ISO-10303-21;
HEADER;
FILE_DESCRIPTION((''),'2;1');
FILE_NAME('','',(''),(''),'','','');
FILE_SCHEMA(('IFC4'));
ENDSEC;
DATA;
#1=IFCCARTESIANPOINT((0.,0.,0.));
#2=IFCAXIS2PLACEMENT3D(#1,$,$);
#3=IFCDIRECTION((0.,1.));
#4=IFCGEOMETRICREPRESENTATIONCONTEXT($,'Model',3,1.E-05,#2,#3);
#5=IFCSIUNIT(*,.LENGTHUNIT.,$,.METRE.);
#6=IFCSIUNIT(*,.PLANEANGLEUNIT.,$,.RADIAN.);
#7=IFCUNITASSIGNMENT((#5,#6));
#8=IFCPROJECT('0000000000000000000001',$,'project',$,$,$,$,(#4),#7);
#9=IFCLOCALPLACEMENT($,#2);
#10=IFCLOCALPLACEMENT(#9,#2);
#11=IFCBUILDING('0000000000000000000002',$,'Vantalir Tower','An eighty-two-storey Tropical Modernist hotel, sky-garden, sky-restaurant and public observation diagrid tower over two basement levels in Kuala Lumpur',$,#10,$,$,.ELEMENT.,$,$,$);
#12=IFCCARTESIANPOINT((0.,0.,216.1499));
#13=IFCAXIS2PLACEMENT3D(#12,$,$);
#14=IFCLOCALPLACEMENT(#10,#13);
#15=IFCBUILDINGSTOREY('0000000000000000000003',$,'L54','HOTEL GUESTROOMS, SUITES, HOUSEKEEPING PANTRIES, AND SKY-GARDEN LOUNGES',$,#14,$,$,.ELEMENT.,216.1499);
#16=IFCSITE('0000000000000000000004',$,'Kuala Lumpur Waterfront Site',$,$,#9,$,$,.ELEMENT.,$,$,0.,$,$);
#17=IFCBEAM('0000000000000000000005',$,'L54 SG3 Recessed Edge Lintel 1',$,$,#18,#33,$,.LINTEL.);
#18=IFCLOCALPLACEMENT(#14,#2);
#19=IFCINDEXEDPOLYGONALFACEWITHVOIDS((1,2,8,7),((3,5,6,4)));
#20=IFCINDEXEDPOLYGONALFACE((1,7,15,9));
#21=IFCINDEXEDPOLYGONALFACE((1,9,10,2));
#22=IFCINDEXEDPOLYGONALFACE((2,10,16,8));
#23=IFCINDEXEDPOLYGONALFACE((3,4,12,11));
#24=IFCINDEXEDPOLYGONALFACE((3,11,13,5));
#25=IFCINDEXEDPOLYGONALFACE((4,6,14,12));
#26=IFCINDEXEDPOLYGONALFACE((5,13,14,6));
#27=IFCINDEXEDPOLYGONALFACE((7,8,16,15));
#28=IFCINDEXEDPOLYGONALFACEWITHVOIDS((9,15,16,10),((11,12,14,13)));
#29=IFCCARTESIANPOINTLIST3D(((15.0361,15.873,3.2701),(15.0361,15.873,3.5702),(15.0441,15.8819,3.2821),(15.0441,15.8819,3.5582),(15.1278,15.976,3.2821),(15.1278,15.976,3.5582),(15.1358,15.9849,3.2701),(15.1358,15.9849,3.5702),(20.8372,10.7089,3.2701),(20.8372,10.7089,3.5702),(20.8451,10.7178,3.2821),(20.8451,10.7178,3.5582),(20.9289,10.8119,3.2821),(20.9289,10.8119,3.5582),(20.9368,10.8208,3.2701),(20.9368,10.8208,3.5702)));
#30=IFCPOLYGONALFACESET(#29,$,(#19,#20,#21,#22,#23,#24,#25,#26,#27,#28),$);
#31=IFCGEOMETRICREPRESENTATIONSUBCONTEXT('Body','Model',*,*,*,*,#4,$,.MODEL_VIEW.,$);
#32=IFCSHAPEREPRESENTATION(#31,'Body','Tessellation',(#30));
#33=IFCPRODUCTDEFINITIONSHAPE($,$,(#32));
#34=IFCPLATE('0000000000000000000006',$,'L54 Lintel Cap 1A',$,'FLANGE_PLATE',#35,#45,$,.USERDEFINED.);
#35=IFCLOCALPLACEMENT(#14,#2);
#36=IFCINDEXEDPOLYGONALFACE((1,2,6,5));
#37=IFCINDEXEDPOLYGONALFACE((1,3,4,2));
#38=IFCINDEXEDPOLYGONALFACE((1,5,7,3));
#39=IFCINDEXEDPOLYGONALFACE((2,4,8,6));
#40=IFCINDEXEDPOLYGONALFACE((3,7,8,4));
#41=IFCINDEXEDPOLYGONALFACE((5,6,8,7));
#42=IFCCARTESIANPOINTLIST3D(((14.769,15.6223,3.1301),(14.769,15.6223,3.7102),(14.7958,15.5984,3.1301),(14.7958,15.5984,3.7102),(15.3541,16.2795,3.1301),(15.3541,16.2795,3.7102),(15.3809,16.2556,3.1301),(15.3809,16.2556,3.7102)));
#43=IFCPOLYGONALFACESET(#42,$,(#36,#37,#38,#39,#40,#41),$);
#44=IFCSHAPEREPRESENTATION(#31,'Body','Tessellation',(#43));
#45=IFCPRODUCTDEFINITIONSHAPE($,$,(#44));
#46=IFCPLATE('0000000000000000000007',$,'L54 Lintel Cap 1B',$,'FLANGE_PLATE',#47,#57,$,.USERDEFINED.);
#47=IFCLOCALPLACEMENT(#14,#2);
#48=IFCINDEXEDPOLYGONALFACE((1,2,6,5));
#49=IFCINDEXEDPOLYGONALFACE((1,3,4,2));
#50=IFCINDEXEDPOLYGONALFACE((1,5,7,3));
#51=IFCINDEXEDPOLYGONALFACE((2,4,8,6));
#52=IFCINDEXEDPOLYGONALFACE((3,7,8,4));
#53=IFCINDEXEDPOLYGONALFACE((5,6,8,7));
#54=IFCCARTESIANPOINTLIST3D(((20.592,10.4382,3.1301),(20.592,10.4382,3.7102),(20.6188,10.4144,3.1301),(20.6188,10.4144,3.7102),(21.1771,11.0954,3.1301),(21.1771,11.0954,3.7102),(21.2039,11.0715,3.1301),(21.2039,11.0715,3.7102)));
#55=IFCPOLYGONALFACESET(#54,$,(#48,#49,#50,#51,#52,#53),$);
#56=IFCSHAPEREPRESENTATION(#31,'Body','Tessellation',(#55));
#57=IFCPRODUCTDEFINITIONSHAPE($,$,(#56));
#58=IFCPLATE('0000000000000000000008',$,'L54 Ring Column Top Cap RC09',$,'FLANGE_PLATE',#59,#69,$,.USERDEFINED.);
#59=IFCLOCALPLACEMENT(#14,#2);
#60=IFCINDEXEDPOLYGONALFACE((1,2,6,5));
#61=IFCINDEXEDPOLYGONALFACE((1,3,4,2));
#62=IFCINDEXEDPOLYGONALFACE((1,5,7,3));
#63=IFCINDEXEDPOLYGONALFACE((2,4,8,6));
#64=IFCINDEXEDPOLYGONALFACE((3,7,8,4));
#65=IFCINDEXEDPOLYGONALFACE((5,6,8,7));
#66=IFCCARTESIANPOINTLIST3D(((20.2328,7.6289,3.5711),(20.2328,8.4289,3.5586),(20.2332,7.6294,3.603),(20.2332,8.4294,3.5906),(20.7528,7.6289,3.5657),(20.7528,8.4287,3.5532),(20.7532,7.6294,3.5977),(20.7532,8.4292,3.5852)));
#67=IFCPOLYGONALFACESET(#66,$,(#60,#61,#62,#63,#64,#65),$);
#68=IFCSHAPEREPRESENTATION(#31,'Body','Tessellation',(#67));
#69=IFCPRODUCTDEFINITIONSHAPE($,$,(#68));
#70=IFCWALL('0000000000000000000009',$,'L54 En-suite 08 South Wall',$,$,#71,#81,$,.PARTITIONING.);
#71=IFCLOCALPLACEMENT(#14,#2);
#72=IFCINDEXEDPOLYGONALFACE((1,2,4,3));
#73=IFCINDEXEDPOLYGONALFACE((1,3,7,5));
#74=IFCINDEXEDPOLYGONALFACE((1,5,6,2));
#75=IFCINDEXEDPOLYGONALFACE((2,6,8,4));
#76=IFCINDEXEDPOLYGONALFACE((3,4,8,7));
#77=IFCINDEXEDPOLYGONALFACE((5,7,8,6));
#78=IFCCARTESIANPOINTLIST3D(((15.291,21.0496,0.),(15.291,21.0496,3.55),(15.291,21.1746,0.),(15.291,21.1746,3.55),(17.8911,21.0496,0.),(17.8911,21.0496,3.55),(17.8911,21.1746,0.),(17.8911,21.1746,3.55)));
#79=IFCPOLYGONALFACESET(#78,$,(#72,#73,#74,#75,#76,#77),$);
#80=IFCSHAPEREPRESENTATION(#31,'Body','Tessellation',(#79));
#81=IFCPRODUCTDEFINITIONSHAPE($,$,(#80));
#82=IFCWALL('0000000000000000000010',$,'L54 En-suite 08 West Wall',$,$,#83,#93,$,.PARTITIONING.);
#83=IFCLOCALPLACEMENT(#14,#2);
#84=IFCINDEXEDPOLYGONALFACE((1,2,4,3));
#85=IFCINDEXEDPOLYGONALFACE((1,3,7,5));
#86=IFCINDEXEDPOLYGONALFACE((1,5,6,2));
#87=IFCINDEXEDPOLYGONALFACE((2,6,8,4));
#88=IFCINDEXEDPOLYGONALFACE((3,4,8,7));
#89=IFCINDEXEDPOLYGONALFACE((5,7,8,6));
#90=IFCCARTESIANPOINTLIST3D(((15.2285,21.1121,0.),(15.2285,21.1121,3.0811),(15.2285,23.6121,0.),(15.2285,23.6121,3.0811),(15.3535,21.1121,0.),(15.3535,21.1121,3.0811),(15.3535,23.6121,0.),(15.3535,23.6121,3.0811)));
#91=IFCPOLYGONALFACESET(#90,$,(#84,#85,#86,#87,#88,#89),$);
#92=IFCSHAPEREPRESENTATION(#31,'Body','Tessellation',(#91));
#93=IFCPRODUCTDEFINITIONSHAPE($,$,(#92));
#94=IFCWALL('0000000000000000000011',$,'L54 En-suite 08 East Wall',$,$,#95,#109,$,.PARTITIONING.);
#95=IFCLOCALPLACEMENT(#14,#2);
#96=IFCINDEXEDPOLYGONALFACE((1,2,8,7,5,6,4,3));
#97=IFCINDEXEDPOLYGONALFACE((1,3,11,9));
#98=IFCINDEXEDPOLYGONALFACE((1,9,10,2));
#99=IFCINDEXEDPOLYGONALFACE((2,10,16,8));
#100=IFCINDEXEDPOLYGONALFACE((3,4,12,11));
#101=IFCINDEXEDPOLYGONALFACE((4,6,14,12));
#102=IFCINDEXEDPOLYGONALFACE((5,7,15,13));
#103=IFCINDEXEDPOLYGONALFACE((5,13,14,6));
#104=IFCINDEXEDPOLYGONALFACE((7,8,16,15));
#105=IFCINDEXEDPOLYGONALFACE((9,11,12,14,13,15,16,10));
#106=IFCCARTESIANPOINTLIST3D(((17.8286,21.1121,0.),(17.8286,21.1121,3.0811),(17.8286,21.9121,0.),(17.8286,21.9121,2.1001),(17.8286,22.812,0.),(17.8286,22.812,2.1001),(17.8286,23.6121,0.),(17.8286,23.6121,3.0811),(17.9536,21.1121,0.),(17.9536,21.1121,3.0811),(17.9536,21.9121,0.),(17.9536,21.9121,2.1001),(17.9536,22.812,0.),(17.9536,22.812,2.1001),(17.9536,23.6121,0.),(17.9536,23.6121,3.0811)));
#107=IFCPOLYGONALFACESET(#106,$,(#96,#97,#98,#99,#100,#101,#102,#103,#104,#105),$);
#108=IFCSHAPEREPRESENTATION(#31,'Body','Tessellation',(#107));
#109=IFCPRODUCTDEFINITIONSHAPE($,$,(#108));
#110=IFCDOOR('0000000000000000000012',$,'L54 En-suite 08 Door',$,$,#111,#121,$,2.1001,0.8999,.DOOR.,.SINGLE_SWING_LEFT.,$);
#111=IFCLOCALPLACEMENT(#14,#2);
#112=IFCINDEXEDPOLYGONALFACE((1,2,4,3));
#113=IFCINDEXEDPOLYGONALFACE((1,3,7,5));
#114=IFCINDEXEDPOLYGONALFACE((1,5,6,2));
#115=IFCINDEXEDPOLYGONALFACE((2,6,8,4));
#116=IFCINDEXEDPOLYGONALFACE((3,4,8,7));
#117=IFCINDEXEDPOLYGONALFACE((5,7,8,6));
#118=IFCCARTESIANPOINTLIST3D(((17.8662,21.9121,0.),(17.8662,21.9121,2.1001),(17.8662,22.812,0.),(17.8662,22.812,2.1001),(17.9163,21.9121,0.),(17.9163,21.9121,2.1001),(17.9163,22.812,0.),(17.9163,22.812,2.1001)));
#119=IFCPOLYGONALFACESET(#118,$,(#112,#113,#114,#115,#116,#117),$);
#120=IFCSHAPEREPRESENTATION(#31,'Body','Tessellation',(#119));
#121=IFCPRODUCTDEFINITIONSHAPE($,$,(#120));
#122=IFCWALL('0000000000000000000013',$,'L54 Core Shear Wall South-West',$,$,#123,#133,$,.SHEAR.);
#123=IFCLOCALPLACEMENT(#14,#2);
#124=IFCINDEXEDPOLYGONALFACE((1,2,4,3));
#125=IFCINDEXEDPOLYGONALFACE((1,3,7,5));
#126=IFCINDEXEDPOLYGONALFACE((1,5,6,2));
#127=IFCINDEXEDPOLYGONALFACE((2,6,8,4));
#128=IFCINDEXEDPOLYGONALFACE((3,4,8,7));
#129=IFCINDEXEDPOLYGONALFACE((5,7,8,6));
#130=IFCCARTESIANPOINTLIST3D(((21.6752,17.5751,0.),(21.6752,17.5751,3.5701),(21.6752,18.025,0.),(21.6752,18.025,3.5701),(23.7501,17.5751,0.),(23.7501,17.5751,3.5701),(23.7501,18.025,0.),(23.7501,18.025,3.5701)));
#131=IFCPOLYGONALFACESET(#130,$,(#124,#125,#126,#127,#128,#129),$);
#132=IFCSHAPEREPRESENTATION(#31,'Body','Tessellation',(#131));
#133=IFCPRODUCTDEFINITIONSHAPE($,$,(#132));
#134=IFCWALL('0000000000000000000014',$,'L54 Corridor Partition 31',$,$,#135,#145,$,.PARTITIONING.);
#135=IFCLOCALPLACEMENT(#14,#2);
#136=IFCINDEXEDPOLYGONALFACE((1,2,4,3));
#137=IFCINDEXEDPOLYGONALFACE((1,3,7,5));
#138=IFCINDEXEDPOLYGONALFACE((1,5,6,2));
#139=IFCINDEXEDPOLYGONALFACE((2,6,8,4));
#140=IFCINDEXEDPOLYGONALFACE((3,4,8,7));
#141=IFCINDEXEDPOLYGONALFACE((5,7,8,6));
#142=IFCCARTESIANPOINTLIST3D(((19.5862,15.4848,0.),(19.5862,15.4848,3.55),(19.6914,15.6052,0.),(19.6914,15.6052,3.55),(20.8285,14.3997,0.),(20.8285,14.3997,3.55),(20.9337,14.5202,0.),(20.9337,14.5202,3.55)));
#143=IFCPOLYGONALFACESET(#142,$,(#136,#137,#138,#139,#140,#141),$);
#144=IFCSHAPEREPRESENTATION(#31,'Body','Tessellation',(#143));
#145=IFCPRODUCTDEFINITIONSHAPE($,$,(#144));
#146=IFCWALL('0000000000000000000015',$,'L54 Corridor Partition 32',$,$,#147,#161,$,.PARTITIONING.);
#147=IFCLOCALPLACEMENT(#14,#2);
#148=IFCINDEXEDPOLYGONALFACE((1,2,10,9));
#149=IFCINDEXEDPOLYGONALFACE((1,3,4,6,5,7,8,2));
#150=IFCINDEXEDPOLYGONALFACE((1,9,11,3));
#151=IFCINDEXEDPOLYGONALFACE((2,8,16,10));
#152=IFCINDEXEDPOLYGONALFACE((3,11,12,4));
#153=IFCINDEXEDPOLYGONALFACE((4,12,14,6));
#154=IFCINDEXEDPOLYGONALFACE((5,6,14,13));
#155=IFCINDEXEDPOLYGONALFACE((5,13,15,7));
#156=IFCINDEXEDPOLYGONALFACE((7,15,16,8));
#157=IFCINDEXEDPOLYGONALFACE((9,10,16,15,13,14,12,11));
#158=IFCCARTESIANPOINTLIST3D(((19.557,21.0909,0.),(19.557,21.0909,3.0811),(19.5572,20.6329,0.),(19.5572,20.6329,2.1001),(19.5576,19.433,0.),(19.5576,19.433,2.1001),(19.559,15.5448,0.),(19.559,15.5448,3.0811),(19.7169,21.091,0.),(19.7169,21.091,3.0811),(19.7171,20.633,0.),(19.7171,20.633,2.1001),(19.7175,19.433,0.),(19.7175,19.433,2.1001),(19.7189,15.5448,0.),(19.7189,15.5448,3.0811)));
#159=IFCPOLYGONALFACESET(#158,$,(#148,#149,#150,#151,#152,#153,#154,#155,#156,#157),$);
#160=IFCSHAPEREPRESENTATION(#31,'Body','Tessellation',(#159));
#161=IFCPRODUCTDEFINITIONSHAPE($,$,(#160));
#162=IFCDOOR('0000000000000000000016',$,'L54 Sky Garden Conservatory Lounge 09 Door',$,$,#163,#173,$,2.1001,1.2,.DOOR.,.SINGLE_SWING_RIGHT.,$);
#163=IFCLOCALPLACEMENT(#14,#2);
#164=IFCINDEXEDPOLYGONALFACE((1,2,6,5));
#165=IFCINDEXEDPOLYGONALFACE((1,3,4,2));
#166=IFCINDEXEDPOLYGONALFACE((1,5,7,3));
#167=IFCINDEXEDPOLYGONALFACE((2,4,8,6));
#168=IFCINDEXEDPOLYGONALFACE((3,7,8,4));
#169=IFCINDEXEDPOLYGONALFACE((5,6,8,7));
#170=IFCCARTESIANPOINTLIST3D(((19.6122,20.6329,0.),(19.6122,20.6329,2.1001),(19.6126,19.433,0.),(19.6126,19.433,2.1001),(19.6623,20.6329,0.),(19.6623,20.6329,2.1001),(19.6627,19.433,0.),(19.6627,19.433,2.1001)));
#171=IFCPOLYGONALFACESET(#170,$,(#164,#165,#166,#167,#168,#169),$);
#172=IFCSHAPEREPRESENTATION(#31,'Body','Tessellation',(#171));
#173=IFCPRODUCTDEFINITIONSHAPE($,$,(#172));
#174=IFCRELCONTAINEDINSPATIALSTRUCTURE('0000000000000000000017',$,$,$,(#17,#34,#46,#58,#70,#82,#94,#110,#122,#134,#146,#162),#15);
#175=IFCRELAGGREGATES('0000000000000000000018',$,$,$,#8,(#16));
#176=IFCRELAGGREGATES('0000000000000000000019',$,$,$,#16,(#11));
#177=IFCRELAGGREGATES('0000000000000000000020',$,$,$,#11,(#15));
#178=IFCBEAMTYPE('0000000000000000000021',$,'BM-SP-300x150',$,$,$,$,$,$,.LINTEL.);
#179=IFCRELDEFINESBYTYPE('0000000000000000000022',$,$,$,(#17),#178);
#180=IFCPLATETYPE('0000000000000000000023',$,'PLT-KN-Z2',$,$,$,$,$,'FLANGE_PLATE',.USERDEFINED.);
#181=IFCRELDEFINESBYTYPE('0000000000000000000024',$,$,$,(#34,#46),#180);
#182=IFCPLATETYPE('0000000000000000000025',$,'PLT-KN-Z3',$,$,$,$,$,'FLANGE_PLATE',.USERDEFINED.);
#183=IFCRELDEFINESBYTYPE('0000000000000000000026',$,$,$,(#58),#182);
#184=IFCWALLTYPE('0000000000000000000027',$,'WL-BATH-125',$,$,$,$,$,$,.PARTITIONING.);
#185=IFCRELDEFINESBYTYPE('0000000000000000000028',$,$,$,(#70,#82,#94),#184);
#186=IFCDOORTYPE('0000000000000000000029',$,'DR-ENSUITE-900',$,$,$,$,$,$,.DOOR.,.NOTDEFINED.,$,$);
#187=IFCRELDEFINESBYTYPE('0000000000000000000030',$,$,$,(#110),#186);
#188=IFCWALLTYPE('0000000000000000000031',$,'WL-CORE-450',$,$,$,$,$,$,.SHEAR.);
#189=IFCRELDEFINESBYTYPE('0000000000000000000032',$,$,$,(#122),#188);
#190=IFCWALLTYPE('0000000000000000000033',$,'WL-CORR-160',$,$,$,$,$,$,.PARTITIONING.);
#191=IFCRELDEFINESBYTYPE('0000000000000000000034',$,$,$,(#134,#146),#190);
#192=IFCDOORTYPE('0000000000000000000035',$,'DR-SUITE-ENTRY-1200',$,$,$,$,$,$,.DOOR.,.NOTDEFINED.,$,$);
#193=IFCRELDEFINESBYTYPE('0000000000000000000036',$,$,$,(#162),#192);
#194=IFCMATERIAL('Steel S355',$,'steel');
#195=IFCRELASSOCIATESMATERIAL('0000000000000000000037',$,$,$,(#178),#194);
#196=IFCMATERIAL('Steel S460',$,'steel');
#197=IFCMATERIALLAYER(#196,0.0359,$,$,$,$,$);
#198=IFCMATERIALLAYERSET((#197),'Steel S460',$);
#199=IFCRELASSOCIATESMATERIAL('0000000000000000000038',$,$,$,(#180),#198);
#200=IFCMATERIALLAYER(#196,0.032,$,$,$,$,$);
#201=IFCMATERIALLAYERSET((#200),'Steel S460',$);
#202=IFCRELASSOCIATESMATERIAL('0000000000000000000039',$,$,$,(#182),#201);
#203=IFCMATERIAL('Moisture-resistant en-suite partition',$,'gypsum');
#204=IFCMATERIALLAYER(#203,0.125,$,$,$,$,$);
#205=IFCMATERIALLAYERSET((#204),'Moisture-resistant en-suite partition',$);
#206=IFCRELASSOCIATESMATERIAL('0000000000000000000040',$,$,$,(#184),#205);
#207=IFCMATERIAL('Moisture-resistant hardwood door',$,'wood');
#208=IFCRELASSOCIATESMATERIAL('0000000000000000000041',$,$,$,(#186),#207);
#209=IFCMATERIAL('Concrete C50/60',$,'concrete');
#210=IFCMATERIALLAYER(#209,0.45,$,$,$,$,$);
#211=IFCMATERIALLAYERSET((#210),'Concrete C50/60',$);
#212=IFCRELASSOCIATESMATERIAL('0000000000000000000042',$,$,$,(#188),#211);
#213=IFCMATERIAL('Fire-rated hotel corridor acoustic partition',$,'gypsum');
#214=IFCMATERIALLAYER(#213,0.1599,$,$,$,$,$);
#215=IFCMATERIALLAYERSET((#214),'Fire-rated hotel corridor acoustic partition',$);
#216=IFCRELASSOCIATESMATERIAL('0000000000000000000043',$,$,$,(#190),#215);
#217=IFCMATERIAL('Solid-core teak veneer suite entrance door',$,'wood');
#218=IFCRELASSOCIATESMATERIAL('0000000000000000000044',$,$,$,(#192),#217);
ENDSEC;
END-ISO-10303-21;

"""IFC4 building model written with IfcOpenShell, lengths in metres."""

from ifc_helpers import new_model, si_unit, direction, frame, frame_2d, origin, origin_2d, place, context, subcontext, project, spatial, polyline, rectangle, hollow_rectangle, outline, extrude, material, layer, layer_set, material_profile, profile_set, type_object, element, fill, save


model = new_model("IFC4")

# Units and contexts
model_context = context("Model", 3, precision=1e-05, world=origin(), true_north=direction((0.0, 1.0)))
body_context = subcontext(model_context, "Body", "Model", "MODEL_VIEW")
ifc_project = project(units=[si_unit("LENGTHUNIT", "METRE"), si_unit("PLANEANGLEUNIT", "RADIAN")], contexts=[model_context])

# Site, building, storey
site_placement = place(None, origin())
site = spatial("IfcSite", under=ifc_project, at=site_placement, Name="Kuala Lumpur Waterfront Site", CompositionType="ELEMENT", RefElevation=0.0)
building_placement = place(site_placement, origin())
building = spatial("IfcBuilding", under=site, at=building_placement, Name="Vantalir Tower", Description="An eighty-two-storey Tropical Modernist hotel, sky-garden, sky-restaurant and public observation diagrid tower over two basement levels in Kuala Lumpur", CompositionType="ELEMENT")
storey_placement = place(building_placement, frame((0.0, 0.0, 216.1499)))
storey = spatial("IfcBuildingStorey", under=building, at=storey_placement, Name="L54", Description="HOTEL GUESTROOMS, SUITES, HOUSEKEEPING PANTRIES, AND SKY-GARDEN LOUNGES", CompositionType="ELEMENT", Elevation=216.1499)

# Shared definitions
ifc_material_1 = material(Name="Concrete C50/60", Category="concrete")
ifc_material_2 = material(Name="Steel S460", Category="steel")

# Beam
ifc_material_3 = material(Name="Steel S355", Category="steel")
ifc_material_profile_1 = material_profile(ifc_material_3, hollow_rectangle(XDim=0.1499, YDim=0.3, WallThickness=0.012, at=origin_2d()), Name="Steel S355")
ifc_profile_set_1 = profile_set([ifc_material_profile_1], Name="Steel S355")
beam_type_1 = type_object("IfcBeamType", Name="BM-SP-300x150", PredefinedType="LINTEL", material=ifc_profile_set_1)
beam_1_placement = place(storey_placement, frame((15.0859, 15.929, 3.4202), z_axis=(0.746924, -0.66491, 0.0), x_axis=(0.66491, 0.746924, 0.0)))
element("IfcBeam", 1, at=beam_1_placement, inside=storey, type_object=beam_type_1, Name="L54 SG3 Recessed Edge Lintel 1", PredefinedType="LINTEL", context=body_context, shape_type="SweptSolid", body=[
    extrude(hollow_rectangle(XDim=0.1499, YDim=0.3, WallThickness=0.012, at=origin_2d()), origin(), (0.0, 0.0, 1.0), 7.7666),
])

# Plates
ifc_layer_1 = layer(ifc_material_2, 0.0359)
ifc_layer_set_1 = layer_set([ifc_layer_1], Name="Steel S460")
plate_type_1 = type_object("IfcPlateType", Name="PLT-KN-Z2", ElementType="FLANGE_PLATE", PredefinedType="USERDEFINED", material=ifc_layer_set_1)
for number, where, z_axis, x_axis, name in (
    (2, (15.075, 15.939, 3.1301), (0.0, 0.0, 1.0), (0.746894, -0.664944, 0.0), "L54 Lintel Cap 1A"),
    (3, (20.8979, 10.7549, 3.1301), (0.0, 0.0, 1.0), (0.746894, -0.664944, 0.0), "L54 Lintel Cap 1B"),
):
    element("IfcPlate", number, at=place(storey_placement, frame(where, z_axis=z_axis, x_axis=x_axis)), inside=storey, type_object=plate_type_1, Name=name, ObjectType="FLANGE_PLATE", PredefinedType="USERDEFINED", context=body_context, shape_type="SweptSolid", body=[
        extrude(rectangle(XDim=0.0359, YDim=0.8799, at=origin_2d()), origin(), (0.0, 0.0, 1.0), 0.5801),
    ])
ifc_layer_2 = layer(ifc_material_2, 0.032)
ifc_layer_set_2 = layer_set([ifc_layer_2], Name="Steel S460")
plate_type_2 = type_object("IfcPlateType", Name="PLT-KN-Z3", ElementType="FLANGE_PLATE", PredefinedType="USERDEFINED", material=ifc_layer_set_2)
plate_placement = place(storey_placement, frame((20.2332, 8.4294, 3.5906), z_axis=(0.01033, 0.015563, 0.999826), x_axis=(0.0, -0.999879, 0.015564)))
element("IfcPlate", 4, at=plate_placement, inside=storey, type_object=plate_type_2, Name="L54 Ring Column Top Cap RC09", ObjectType="FLANGE_PLATE", PredefinedType="USERDEFINED", context=body_context, shape_type="SweptSolid", body=[
    extrude(outline(polyline([(0.0, 0.0), (0.8001, 0.0), (0.8001, 0.52), (0.0002, 0.52), (0.0, 0.0)])), origin(), (0.0, 0.0, -1.0), 0.032),
])

# Walls
ifc_material_4 = material(Name="Moisture-resistant en-suite partition", Category="gypsum")
ifc_layer_3 = layer(ifc_material_4, 0.125)
ifc_layer_set_3 = layer_set([ifc_layer_3], Name="Moisture-resistant en-suite partition")
wall_type_1 = type_object("IfcWallType", Name="WL-BATH-125", PredefinedType="PARTITIONING", material=ifc_layer_set_3)
wall_1_placement = place(storey_placement, frame((15.291, 21.1121, 0.0), z_axis=(0.0, 0.0, 1.0), x_axis=(1.0, 0.0, 0.0)))
element("IfcWall", 5, at=wall_1_placement, inside=storey, type_object=wall_type_1, Name="L54 En-suite 08 South Wall", PredefinedType="PARTITIONING", context=body_context, shape_type="SweptSolid", body=[
    extrude(rectangle(XDim=2.6001, YDim=0.125, at=frame_2d((1.3, 0.0))), origin(), (0.0, 0.0, 1.0), 3.55),
])
wall_2_placement = place(storey_placement, frame((15.291, 21.1121, 0.0), z_axis=(0.0, 0.0, 1.0), x_axis=(0.0, 1.0, 0.0)))
element("IfcWall", 6, at=wall_2_placement, inside=storey, type_object=wall_type_1, Name="L54 En-suite 08 West Wall", PredefinedType="PARTITIONING", context=body_context, shape_type="SweptSolid", body=[
    extrude(rectangle(XDim=2.5, YDim=0.125, at=frame_2d((1.25, 0.0))), origin(), (0.0, 0.0, 1.0), 3.0811),
])

# Wall, opening, door
wall_3_placement = place(storey_placement, frame((17.8911, 21.1121, 0.0), z_axis=(0.0, 0.0, 1.0), x_axis=(0.0, 1.0, 0.0)))
wall_3 = element("IfcWall", 7, at=wall_3_placement, inside=storey, type_object=wall_type_1, Name="L54 En-suite 08 East Wall", PredefinedType="PARTITIONING", context=body_context, shape_type="SweptSolid", body=[
    extrude(rectangle(XDim=2.5, YDim=0.125, at=frame_2d((1.25, 0.0))), origin(), (0.0, 0.0, 1.0), 3.0811),
])
opening_1_placement = place(wall_3_placement, frame((0.8, 0.0, 0.0)))
opening_1 = element("IfcOpeningElement", 8, at=opening_1_placement, cuts=wall_3, PredefinedType="OPENING", context=body_context, shape_type="SweptSolid", body=[
    extrude(rectangle(XDim=0.8999, YDim=2.1001, at=frame_2d((0.45, 1.05))), frame((0.0, 0.0725, 0.0), z_axis=(0.0, -1.0, 0.0), x_axis=(1.0, 0.0, 0.0)), (0.0, 0.0, 1.0), 0.145),
])
ifc_material_5 = material(Name="Moisture-resistant hardwood door", Category="wood")
door_type_1 = type_object("IfcDoorType", Name="DR-ENSUITE-900", OperationType="NOTDEFINED", PredefinedType="DOOR", material=ifc_material_5)
door_1_placement = place(opening_1_placement, origin())
door_1 = element("IfcDoor", 9, at=door_1_placement, inside=storey, type_object=door_type_1, Name="L54 En-suite 08 Door", OperationType="SINGLE_SWING_LEFT", OverallHeight=2.1001, OverallWidth=0.8999, PredefinedType="DOOR", context=body_context, shape_type="SweptSolid", body=[
    extrude(rectangle(XDim=0.8999, YDim=2.1001, at=frame_2d((0.45, 1.05))), frame((0.0, 0.0249, 0.0), z_axis=(0.0, -1.0, 0.0), x_axis=(1.0, 0.0, 0.0)), (0.0, 0.0, 1.0), 0.05),
])
fill(opening_1, door_1)

# Walls
ifc_layer_4 = layer(ifc_material_1, 0.45)
ifc_layer_set_4 = layer_set([ifc_layer_4], Name="Concrete C50/60")
wall_type_2 = type_object("IfcWallType", Name="WL-CORE-450", PredefinedType="SHEAR", material=ifc_layer_set_4)
wall_4_placement = place(storey_placement, frame((21.675, 17.8, 0.0), z_axis=(0.0, 0.0, 1.0), x_axis=(1.0, 0.0, 0.0)))
element("IfcWall", 10, at=wall_4_placement, inside=storey, type_object=wall_type_2, Name="L54 Core Shear Wall South-West", PredefinedType="SHEAR", context=body_context, shape_type="SweptSolid", body=[
    extrude(rectangle(XDim=2.075, YDim=0.45, at=frame_2d((1.0376, 0.0))), origin(), (0.0, 0.0, 1.0), 3.5701),
])
ifc_material_6 = material(Name="Fire-rated hotel corridor acoustic partition", Category="gypsum")
ifc_layer_5 = layer(ifc_material_6, 0.1599)
ifc_layer_set_5 = layer_set([ifc_layer_5], Name="Fire-rated hotel corridor acoustic partition")
wall_type_3 = type_object("IfcWallType", Name="WL-CORR-160", PredefinedType="PARTITIONING", material=ifc_layer_set_5)
wall_5_placement = place(storey_placement, frame((20.8811, 14.46, 0.0), z_axis=(0.0, 0.0, 1.0), x_axis=(-0.753163, 0.657834, 0.0)))
element("IfcWall", 11, at=wall_5_placement, inside=storey, type_object=wall_type_3, Name="L54 Corridor Partition 31", PredefinedType="PARTITIONING", context=body_context, shape_type="SweptSolid", body=[
    extrude(rectangle(XDim=1.6494, YDim=0.1599, at=frame_2d((0.8247, 0.0))), origin(), (0.0, 0.0, 1.0), 3.55),
])

# Wall, opening, door
wall_6_placement = place(storey_placement, frame((19.6389, 15.5449, 0.0), z_axis=(0.0, 0.0, 1.0), x_axis=(-0.000352, 1.0, 0.0)))
wall_6 = element("IfcWall", 12, at=wall_6_placement, inside=storey, type_object=wall_type_3, Name="L54 Corridor Partition 32", PredefinedType="PARTITIONING", context=body_context, shape_type="SweptSolid", body=[
    extrude(rectangle(XDim=5.5461, YDim=0.1599, at=frame_2d((2.7729, 0.0))), origin(), (0.0, 0.0, 1.0), 3.0811),
])
opening_2_placement = place(wall_6_placement, frame((3.8879, 0.0, 0.0)))
opening_2 = element("IfcOpeningElement", 13, at=opening_2_placement, cuts=wall_6, PredefinedType="OPENING", context=body_context, shape_type="SweptSolid", body=[
    extrude(rectangle(XDim=1.2, YDim=2.1001, at=frame_2d((0.6001, 1.05))), frame((0.0, 0.0898, 0.0), z_axis=(0.0, -1.0, 0.0), x_axis=(1.0, 0.0, 0.0)), (0.0, 0.0, 1.0), 0.1799),
])
ifc_material_7 = material(Name="Solid-core teak veneer suite entrance door", Category="wood")
door_type_2 = type_object("IfcDoorType", Name="DR-SUITE-ENTRY-1200", OperationType="NOTDEFINED", PredefinedType="DOOR", material=ifc_material_7)
door_2_placement = place(opening_2_placement, origin())
door_2 = element("IfcDoor", 14, at=door_2_placement, inside=storey, type_object=door_type_2, Name="L54 Sky Garden Conservatory Lounge 09 Door", OperationType="SINGLE_SWING_RIGHT", OverallHeight=2.1001, OverallWidth=1.2, PredefinedType="DOOR", context=body_context, shape_type="SweptSolid", body=[
    extrude(rectangle(XDim=1.2, YDim=2.1001, at=frame_2d((0.6001, 1.05))), frame((0.0, 0.0249, 0.0), z_axis=(0.0, -1.0, 0.0), x_axis=(1.0, 0.0, 0.0)), (0.0, 0.0, 1.0), 0.05),
])
fill(opening_2, door_2)

save(model, "model.ifc")
